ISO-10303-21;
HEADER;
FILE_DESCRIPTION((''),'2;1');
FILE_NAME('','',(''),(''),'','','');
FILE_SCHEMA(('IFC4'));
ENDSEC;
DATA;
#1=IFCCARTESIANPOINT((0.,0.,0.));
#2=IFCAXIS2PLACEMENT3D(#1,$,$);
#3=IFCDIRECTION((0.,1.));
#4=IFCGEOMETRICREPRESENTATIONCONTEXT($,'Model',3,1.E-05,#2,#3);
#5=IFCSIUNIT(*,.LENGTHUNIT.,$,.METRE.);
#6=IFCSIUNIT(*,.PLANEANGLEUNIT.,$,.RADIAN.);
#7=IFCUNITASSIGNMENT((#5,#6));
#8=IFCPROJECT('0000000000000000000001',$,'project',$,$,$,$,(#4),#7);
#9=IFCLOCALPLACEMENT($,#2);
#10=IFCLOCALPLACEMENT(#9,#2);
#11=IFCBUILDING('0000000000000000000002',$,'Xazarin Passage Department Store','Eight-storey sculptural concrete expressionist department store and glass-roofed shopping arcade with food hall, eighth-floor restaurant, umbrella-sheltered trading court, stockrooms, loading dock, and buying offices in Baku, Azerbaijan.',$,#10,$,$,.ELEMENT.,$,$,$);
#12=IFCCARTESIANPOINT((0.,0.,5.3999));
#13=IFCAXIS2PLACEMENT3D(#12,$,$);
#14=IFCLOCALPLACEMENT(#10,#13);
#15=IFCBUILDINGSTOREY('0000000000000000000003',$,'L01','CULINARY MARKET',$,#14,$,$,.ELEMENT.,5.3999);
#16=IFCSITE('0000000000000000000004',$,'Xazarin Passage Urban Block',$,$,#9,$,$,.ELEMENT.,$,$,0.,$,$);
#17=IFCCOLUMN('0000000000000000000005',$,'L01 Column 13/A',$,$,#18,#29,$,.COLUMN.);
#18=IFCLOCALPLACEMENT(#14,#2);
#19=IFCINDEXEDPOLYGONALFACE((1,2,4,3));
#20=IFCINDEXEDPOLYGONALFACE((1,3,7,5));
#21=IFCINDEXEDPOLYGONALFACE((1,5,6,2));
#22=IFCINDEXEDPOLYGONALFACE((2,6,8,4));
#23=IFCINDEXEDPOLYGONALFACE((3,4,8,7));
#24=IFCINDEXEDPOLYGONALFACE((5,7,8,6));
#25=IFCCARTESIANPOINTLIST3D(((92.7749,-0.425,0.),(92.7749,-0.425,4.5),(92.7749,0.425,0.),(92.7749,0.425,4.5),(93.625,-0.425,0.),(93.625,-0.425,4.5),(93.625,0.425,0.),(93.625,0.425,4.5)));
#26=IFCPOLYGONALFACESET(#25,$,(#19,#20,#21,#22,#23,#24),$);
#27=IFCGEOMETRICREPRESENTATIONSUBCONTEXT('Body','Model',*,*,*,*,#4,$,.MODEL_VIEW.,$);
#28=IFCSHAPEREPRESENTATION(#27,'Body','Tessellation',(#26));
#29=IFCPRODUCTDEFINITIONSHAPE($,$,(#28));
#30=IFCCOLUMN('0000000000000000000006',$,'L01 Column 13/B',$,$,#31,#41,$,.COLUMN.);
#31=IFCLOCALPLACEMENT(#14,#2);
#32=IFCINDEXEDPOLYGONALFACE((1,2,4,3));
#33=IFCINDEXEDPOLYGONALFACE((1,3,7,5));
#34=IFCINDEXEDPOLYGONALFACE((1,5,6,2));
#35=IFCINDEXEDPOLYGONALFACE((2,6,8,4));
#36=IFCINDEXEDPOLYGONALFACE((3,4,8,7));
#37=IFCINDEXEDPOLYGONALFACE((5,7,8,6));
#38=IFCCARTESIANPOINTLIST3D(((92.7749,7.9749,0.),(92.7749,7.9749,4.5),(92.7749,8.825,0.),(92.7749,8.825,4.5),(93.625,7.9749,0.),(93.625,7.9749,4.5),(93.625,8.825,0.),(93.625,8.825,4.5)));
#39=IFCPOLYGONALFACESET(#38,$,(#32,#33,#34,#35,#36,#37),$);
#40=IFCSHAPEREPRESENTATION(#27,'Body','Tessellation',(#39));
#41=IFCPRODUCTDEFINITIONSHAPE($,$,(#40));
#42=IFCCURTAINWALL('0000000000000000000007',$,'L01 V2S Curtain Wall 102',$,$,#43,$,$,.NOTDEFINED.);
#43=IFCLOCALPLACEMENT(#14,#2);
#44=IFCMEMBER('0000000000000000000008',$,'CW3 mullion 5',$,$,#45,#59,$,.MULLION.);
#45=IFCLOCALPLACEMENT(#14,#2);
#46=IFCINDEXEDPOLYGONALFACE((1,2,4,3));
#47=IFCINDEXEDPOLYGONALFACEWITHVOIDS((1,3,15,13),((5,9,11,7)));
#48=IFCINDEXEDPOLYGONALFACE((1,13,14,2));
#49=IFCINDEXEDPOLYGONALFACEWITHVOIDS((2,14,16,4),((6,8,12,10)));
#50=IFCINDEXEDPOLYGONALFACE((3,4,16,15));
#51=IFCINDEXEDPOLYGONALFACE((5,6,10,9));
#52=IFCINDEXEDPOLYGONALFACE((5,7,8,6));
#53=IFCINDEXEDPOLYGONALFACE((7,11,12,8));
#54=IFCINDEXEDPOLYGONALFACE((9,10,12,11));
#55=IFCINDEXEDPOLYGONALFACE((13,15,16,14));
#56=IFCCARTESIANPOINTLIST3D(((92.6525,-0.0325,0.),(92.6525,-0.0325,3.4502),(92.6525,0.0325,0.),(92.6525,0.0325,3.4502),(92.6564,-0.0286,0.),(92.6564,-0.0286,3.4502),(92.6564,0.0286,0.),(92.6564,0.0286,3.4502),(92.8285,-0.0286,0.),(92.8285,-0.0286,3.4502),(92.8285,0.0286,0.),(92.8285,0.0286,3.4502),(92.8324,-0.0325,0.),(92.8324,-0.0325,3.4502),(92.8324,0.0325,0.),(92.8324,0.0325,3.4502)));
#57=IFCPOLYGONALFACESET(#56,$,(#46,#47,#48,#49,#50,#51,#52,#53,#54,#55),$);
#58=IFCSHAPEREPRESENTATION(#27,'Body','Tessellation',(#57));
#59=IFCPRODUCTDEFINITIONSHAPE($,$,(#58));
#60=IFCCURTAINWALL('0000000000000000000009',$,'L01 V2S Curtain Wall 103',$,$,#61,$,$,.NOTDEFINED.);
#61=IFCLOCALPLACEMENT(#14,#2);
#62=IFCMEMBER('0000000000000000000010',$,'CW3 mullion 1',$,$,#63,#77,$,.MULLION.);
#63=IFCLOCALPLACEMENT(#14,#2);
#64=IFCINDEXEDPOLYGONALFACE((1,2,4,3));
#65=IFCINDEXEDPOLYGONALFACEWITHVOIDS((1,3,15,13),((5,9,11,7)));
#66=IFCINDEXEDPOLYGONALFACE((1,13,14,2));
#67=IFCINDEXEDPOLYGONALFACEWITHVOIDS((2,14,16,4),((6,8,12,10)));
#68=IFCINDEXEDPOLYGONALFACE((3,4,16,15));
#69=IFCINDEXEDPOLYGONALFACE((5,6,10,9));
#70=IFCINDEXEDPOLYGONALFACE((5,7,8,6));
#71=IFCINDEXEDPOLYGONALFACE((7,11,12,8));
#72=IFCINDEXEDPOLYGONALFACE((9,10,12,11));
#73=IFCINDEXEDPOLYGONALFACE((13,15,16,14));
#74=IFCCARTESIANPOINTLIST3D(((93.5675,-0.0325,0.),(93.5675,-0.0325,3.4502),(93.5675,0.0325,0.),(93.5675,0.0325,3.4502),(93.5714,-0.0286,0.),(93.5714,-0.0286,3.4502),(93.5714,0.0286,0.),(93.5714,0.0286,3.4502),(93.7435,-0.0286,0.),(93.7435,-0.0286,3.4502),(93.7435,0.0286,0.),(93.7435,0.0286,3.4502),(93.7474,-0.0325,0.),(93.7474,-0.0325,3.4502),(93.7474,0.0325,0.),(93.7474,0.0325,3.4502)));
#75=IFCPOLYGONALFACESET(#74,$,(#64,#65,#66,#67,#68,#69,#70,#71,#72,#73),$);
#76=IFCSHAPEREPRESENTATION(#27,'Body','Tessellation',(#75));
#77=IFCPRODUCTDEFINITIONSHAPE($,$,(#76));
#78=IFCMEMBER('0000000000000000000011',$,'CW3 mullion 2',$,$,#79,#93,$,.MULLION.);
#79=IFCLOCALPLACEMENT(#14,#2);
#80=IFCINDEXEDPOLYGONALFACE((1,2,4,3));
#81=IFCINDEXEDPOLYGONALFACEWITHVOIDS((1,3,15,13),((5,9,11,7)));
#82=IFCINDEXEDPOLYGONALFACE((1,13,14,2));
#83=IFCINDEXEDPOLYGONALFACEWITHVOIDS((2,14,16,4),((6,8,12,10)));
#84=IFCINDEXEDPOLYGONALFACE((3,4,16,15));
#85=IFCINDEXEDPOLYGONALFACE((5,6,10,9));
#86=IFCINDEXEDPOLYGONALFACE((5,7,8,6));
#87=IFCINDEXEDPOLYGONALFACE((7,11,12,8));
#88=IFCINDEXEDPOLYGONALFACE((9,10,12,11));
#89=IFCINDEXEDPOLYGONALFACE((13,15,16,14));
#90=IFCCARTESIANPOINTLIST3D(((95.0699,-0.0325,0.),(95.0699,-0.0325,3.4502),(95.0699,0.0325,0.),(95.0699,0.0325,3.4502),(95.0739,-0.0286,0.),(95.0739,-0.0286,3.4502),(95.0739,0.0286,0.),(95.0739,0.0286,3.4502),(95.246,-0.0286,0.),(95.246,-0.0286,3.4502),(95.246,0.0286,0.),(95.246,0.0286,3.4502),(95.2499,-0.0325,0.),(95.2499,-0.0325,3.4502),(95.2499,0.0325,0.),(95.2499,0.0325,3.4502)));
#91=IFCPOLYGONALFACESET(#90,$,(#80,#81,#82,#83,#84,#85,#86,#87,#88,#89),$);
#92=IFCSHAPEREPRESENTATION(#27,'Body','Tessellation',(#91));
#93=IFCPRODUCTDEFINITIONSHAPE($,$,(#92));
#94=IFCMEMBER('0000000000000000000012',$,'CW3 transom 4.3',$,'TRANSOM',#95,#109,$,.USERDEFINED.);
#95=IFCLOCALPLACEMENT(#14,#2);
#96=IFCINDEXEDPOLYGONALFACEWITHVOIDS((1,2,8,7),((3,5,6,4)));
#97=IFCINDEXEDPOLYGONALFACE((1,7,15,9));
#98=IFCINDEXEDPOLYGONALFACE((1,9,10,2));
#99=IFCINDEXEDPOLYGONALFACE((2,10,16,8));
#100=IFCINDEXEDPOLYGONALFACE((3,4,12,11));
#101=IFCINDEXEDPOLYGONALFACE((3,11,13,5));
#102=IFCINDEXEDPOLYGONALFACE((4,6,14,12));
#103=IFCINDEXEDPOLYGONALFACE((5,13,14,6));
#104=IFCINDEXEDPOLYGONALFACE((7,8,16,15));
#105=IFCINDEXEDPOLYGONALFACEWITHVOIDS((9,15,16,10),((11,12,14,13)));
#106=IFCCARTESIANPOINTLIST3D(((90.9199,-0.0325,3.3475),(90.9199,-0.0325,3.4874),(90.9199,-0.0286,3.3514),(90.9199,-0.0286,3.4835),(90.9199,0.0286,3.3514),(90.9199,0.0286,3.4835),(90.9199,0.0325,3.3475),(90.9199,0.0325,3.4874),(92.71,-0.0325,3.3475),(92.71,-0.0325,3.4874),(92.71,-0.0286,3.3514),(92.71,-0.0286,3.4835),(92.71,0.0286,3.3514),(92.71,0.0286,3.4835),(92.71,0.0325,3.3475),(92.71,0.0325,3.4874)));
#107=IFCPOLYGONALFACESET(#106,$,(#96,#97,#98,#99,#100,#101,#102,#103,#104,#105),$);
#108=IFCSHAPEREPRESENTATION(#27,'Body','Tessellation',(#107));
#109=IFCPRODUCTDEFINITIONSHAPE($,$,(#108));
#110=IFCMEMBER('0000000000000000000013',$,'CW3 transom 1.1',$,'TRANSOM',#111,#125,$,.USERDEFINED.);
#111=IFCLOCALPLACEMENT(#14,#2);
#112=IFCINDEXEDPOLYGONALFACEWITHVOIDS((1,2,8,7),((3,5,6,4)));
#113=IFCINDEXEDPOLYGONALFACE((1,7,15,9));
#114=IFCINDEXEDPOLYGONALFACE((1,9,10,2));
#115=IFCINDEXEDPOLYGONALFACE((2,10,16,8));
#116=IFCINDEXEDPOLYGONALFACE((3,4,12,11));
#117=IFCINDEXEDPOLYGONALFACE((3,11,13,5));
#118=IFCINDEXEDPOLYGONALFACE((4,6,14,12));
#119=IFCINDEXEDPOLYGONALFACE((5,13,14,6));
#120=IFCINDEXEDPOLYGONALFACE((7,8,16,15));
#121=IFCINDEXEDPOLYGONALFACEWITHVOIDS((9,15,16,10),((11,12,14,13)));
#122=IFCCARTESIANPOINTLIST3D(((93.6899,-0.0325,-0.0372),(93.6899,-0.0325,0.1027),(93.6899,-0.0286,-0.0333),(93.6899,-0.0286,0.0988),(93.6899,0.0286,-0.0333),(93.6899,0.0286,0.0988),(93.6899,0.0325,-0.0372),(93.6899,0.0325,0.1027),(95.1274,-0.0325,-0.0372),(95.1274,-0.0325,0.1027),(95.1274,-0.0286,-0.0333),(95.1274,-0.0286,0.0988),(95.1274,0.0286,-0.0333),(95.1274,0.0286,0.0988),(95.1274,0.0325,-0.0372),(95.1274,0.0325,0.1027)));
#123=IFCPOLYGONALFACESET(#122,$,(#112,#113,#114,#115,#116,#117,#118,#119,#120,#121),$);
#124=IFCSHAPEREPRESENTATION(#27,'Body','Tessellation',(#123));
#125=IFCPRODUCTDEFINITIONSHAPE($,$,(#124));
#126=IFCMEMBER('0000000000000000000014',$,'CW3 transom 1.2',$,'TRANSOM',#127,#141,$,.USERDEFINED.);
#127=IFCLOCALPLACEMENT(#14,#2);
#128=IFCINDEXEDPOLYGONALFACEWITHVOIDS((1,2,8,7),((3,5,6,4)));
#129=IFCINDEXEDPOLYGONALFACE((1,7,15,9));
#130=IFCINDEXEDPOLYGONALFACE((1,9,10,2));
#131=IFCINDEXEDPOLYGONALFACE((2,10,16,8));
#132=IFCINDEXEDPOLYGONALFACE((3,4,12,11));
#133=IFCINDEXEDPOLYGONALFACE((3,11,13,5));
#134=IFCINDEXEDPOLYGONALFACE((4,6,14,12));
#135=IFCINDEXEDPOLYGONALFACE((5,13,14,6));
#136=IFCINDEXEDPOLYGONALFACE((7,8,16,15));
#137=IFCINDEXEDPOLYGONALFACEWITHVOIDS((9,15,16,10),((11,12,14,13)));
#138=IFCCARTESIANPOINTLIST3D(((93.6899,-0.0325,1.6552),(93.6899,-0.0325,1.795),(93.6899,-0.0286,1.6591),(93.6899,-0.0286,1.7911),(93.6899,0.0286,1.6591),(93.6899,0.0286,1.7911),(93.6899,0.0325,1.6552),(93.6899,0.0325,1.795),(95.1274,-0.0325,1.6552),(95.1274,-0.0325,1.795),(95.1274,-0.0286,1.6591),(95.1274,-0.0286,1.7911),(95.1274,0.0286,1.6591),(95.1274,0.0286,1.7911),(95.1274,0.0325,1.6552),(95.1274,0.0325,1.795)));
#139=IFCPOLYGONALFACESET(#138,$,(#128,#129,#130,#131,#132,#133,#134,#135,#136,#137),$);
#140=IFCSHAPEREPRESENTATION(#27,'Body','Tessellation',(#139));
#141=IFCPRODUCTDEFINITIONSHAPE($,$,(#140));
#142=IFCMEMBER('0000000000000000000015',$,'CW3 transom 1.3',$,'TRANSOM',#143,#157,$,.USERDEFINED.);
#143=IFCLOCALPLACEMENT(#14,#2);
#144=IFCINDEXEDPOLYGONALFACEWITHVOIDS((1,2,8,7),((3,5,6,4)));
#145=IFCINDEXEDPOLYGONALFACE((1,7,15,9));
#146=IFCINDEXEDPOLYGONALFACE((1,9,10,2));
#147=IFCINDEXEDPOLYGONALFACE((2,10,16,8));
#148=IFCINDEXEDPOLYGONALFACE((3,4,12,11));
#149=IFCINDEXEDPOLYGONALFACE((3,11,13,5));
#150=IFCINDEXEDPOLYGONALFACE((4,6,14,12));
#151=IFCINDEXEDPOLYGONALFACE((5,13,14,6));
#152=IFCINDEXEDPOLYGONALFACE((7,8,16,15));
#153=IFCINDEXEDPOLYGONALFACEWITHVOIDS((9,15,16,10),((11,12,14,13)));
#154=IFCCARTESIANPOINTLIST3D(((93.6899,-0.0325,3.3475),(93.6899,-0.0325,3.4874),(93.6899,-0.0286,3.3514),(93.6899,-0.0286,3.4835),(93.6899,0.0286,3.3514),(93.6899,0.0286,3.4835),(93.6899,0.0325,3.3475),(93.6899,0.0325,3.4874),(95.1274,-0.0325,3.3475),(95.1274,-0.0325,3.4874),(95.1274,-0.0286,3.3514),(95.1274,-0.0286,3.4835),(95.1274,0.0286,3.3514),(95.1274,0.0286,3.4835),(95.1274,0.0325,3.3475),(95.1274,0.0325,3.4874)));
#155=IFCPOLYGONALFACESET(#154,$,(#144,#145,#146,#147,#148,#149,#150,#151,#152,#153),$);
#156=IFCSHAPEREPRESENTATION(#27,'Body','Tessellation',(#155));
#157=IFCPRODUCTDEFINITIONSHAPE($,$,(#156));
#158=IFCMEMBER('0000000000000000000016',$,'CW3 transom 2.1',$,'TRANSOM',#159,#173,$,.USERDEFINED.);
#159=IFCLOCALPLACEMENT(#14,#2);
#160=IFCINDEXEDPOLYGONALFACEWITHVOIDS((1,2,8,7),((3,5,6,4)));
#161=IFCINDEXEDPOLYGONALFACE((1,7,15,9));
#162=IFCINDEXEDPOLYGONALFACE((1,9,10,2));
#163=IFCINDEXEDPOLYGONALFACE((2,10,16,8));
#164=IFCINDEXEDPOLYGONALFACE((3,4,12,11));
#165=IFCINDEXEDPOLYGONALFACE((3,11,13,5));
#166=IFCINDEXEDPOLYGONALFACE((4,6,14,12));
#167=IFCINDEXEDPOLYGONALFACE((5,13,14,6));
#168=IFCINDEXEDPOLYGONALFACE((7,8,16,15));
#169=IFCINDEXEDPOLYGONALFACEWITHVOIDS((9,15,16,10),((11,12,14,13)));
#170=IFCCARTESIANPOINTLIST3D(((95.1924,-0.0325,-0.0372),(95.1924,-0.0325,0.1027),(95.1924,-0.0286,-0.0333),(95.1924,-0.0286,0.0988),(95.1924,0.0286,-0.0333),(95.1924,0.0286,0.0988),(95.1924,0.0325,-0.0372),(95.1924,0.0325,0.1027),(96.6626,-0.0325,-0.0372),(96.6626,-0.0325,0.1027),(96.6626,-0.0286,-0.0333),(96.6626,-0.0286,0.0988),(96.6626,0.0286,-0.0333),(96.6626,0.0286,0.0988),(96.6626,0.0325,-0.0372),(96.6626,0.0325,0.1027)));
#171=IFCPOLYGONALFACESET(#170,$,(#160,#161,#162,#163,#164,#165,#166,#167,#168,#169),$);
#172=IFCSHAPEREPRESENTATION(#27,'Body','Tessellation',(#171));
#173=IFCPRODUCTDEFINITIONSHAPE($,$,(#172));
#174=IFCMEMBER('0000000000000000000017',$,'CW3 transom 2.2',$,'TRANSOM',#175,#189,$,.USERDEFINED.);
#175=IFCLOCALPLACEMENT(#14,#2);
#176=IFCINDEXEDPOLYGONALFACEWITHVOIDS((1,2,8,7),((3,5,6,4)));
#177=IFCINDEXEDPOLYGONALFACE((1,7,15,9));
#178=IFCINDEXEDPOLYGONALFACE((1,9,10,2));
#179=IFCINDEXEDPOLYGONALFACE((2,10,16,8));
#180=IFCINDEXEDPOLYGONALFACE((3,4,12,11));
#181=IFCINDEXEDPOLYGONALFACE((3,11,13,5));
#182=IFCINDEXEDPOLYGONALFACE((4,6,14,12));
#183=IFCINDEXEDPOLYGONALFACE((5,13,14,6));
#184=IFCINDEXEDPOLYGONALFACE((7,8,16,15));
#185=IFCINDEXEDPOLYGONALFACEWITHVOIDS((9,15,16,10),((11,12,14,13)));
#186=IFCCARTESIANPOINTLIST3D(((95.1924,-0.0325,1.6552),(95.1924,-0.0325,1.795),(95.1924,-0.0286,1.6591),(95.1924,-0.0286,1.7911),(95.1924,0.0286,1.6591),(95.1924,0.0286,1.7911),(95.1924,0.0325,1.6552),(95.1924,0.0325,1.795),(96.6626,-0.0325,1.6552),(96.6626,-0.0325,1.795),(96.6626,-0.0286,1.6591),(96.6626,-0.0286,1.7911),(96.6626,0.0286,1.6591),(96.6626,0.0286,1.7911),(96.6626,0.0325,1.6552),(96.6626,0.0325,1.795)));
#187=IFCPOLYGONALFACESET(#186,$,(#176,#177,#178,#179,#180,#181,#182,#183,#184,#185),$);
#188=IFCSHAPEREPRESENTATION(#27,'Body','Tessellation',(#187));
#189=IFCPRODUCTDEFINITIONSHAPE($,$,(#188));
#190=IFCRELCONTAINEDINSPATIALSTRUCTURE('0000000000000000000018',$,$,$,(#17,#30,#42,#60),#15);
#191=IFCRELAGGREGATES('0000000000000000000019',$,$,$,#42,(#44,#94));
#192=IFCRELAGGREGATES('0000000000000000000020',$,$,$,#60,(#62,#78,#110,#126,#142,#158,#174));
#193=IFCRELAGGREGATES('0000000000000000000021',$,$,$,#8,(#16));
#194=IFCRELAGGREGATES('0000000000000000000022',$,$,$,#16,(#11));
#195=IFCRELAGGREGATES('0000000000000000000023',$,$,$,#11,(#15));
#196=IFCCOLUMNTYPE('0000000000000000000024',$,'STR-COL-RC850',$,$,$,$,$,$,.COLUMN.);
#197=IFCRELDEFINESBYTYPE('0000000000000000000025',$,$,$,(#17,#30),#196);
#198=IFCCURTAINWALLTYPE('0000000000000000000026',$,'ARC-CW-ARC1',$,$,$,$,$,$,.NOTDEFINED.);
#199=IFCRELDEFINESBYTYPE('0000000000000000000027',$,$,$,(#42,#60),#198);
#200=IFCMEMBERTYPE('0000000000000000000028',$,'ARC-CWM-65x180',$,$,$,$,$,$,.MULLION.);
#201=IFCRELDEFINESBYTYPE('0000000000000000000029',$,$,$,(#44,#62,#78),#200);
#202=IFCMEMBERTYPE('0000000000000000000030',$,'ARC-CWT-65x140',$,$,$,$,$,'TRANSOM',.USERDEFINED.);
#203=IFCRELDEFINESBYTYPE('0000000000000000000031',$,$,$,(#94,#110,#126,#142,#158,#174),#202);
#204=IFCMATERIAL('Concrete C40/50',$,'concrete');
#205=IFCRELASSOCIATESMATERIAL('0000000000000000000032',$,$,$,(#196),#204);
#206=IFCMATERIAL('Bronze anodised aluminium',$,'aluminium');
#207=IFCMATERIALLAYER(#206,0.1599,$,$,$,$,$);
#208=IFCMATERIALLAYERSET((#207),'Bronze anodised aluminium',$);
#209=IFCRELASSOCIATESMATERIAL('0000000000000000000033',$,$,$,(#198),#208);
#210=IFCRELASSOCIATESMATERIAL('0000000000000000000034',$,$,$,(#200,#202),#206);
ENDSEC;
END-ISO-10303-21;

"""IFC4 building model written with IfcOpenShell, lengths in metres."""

from ifc_helpers import new_model, si_unit, direction, frame, origin, origin_2d, place, context, subcontext, project, spatial, rectangle, hollow_rectangle, extrude, material, layer, layer_set, material_profile, profile_set, type_object, element, aggregate, save


model = new_model("IFC4")

# Units and contexts
model_context = context("Model", 3, precision=1e-05, world=origin(), true_north=direction((0.0, 1.0)))
body_context = subcontext(model_context, "Body", "Model", "MODEL_VIEW")
ifc_project = project(units=[si_unit("LENGTHUNIT", "METRE"), si_unit("PLANEANGLEUNIT", "RADIAN")], contexts=[model_context])

# Site, building, storey
site_placement = place(None, origin())
site = spatial("IfcSite", under=ifc_project, at=site_placement, Name="Xazarin Passage Urban Block", CompositionType="ELEMENT", RefElevation=0.0)
building_placement = place(site_placement, origin())
building = spatial("IfcBuilding", under=site, at=building_placement, Name="Xazarin Passage Department Store", Description="Eight-storey sculptural concrete expressionist department store and glass-roofed shopping arcade with food hall, eighth-floor restaurant, umbrella-sheltered trading court, stockrooms, loading dock, and buying offices in Baku, Azerbaijan.", CompositionType="ELEMENT")
storey_placement = place(building_placement, frame((0.0, 0.0, 5.3999)))
storey = spatial("IfcBuildingStorey", under=building, at=storey_placement, Name="L01", Description="CULINARY MARKET", CompositionType="ELEMENT", Elevation=5.3999)

# Columns
ifc_material_1 = material(Name="Concrete C40/50", Category="concrete")
ifc_material_profile_1 = material_profile(ifc_material_1, rectangle(XDim=0.8501, YDim=0.8501, at=origin_2d()), Name="RC 850x850")
ifc_profile_set_1 = profile_set([ifc_material_profile_1], Name="Concrete C40/50")
column_type = type_object("IfcColumnType", Name="STR-COL-RC850", PredefinedType="COLUMN", material=ifc_profile_set_1)
for number, where, z_axis, x_axis, name in (
    (1, (93.2, 0.0, 0.0), (0.0, 0.0, 1.0), (1.0, 0.0, 0.0), "L01 Column 13/A"),
    (2, (93.2, 8.3999, 0.0), (0.0, 0.0, 1.0), (1.0, 0.0, 0.0), "L01 Column 13/B"),
):
    element("IfcColumn", number, at=place(storey_placement, frame(where, z_axis=z_axis, x_axis=x_axis)), inside=storey, type_object=column_type, Name=name, PredefinedType="COLUMN", context=body_context, shape_type="SweptSolid", body=[
        extrude(rectangle(XDim=0.8501, YDim=0.8501, at=origin_2d()), origin(), (0.0, 0.0, 1.0), 4.5),
    ])

# Curtain wall, member
ifc_material_2 = material(Name="Bronze anodised aluminium", Category="aluminium")
ifc_layer_1 = layer(ifc_material_2, 0.1599)
ifc_layer_set_1 = layer_set([ifc_layer_1], Name="Bronze anodised aluminium")
curtain_wall_type = type_object("IfcCurtainWallType", Name="ARC-CW-ARC1", PredefinedType="NOTDEFINED", material=ifc_layer_set_1)
curtain_wall_1_placement = place(storey_placement, origin())
curtain_wall_1 = element("IfcCurtainWall", 3, at=curtain_wall_1_placement, inside=storey, type_object=curtain_wall_type, Name="L01 V2S Curtain Wall 102", PredefinedType="NOTDEFINED")
ifc_material_profile_2 = material_profile(ifc_material_2, hollow_rectangle(XDim=0.0649, YDim=0.1799, WallThickness=0.0039, at=origin_2d()), Name="ALU 65x180")
ifc_profile_set_2 = profile_set([ifc_material_profile_2], Name="Bronze anodised aluminium")
member_type_1 = type_object("IfcMemberType", Name="ARC-CWM-65x180", PredefinedType="MULLION", material=ifc_profile_set_2)
member_1_placement = place(storey_placement, frame((92.7424, 0.0, 0.0), z_axis=(0.0, 0.0, 1.0), x_axis=(0.0, 1.0, 0.0)))
member_1 = element("IfcMember", 4, at=member_1_placement, type_object=member_type_1, Name="CW3 mullion 5", PredefinedType="MULLION", context=body_context, shape_type="SweptSolid", body=[
    extrude(hollow_rectangle(XDim=0.0649, YDim=0.1799, WallThickness=0.0039, at=origin_2d()), origin(), (0.0, 0.0, 1.0), 3.4502),
])

# Curtain wall, members
curtain_wall_2_placement = place(storey_placement, origin())
curtain_wall_2 = element("IfcCurtainWall", 5, at=curtain_wall_2_placement, inside=storey, type_object=curtain_wall_type, Name="L01 V2S Curtain Wall 103", PredefinedType="NOTDEFINED")
member_2_placement = place(storey_placement, frame((93.6575, 0.0, 0.0), z_axis=(0.0, 0.0, 1.0), x_axis=(0.0, 1.0, 0.0)))
member_2 = element("IfcMember", 6, at=member_2_placement, type_object=member_type_1, Name="CW3 mullion 1", PredefinedType="MULLION", context=body_context, shape_type="SweptSolid", body=[
    extrude(hollow_rectangle(XDim=0.0649, YDim=0.1799, WallThickness=0.0039, at=origin_2d()), origin(), (0.0, 0.0, 1.0), 3.4502),
])
member_3_placement = place(storey_placement, frame((95.1599, 0.0, 0.0), z_axis=(0.0, 0.0, 1.0), x_axis=(0.0, 1.0, 0.0)))
member_3 = element("IfcMember", 7, at=member_3_placement, type_object=member_type_1, Name="CW3 mullion 2", PredefinedType="MULLION", context=body_context, shape_type="SweptSolid", body=[
    extrude(hollow_rectangle(XDim=0.0649, YDim=0.1799, WallThickness=0.0039, at=origin_2d()), origin(), (0.0, 0.0, 1.0), 3.4502),
])

# Members
ifc_material_profile_3 = material_profile(ifc_material_2, hollow_rectangle(XDim=0.0649, YDim=0.1399, WallThickness=0.0039, at=origin_2d()), Name="ALU 65x140")
ifc_profile_set_3 = profile_set([ifc_material_profile_3], Name="Bronze anodised aluminium")
member_type_2 = type_object("IfcMemberType", Name="ARC-CWT-65x140", ElementType="TRANSOM", PredefinedType="USERDEFINED", material=ifc_profile_set_3)
member_4_placement = place(storey_placement, frame((90.9199, 0.0, 3.4175), z_axis=(1.0, 0.0, 0.0), x_axis=(0.0, 1.0, 0.0)))
member_4 = element("IfcMember", 8, at=member_4_placement, type_object=member_type_2, Name="CW3 transom 4.3", ObjectType="TRANSOM", PredefinedType="USERDEFINED", context=body_context, shape_type="SweptSolid", body=[
    extrude(hollow_rectangle(XDim=0.0649, YDim=0.1399, WallThickness=0.0039, at=origin_2d()), origin(), (0.0, 0.0, 1.0), 1.79),
])
member_5_placement = place(storey_placement, frame((93.6899, 0.0, 0.0327), z_axis=(1.0, 0.0, 0.0), x_axis=(0.0, 1.0, 0.0)))
member_5 = element("IfcMember", 9, at=member_5_placement, type_object=member_type_2, Name="CW3 transom 1.1", ObjectType="TRANSOM", PredefinedType="USERDEFINED", context=body_context, shape_type="SweptSolid", body=[
    extrude(hollow_rectangle(XDim=0.0649, YDim=0.1399, WallThickness=0.0039, at=origin_2d()), origin(), (0.0, 0.0, 1.0), 1.4375),
])
member_6_placement = place(storey_placement, frame((93.6899, 0.0, 1.7251), z_axis=(1.0, 0.0, 0.0), x_axis=(0.0, 1.0, 0.0)))
member_6 = element("IfcMember", 10, at=member_6_placement, type_object=member_type_2, Name="CW3 transom 1.2", ObjectType="TRANSOM", PredefinedType="USERDEFINED", context=body_context, shape_type="SweptSolid", body=[
    extrude(hollow_rectangle(XDim=0.0649, YDim=0.1399, WallThickness=0.0039, at=origin_2d()), origin(), (0.0, 0.0, 1.0), 1.4375),
])
member_7_placement = place(storey_placement, frame((93.6899, 0.0, 3.4175), z_axis=(1.0, 0.0, 0.0), x_axis=(0.0, 1.0, 0.0)))
member_7 = element("IfcMember", 11, at=member_7_placement, type_object=member_type_2, Name="CW3 transom 1.3", ObjectType="TRANSOM", PredefinedType="USERDEFINED", context=body_context, shape_type="SweptSolid", body=[
    extrude(hollow_rectangle(XDim=0.0649, YDim=0.1399, WallThickness=0.0039, at=origin_2d()), origin(), (0.0, 0.0, 1.0), 1.4375),
])
member_8_placement = place(storey_placement, frame((95.1924, 0.0, 0.0327), z_axis=(1.0, 0.0, 0.0), x_axis=(0.0, 1.0, 0.0)))
member_8 = element("IfcMember", 12, at=member_8_placement, type_object=member_type_2, Name="CW3 transom 2.1", ObjectType="TRANSOM", PredefinedType="USERDEFINED", context=body_context, shape_type="SweptSolid", body=[
    extrude(hollow_rectangle(XDim=0.0649, YDim=0.1399, WallThickness=0.0039, at=origin_2d()), origin(), (0.0, 0.0, 1.0), 1.4702),
])
member_9_placement = place(storey_placement, frame((95.1924, 0.0, 1.7251), z_axis=(1.0, 0.0, 0.0), x_axis=(0.0, 1.0, 0.0)))
member_9 = element("IfcMember", 13, at=member_9_placement, type_object=member_type_2, Name="CW3 transom 2.2", ObjectType="TRANSOM", PredefinedType="USERDEFINED", context=body_context, shape_type="SweptSolid", body=[
    extrude(hollow_rectangle(XDim=0.0649, YDim=0.1399, WallThickness=0.0039, at=origin_2d()), origin(), (0.0, 0.0, 1.0), 1.4702),
])

aggregate(curtain_wall_1, [member_1, member_4])
aggregate(curtain_wall_2, [member_2, member_3, member_5, member_6, member_7, member_8, member_9])

save(model, "model.ifc")
